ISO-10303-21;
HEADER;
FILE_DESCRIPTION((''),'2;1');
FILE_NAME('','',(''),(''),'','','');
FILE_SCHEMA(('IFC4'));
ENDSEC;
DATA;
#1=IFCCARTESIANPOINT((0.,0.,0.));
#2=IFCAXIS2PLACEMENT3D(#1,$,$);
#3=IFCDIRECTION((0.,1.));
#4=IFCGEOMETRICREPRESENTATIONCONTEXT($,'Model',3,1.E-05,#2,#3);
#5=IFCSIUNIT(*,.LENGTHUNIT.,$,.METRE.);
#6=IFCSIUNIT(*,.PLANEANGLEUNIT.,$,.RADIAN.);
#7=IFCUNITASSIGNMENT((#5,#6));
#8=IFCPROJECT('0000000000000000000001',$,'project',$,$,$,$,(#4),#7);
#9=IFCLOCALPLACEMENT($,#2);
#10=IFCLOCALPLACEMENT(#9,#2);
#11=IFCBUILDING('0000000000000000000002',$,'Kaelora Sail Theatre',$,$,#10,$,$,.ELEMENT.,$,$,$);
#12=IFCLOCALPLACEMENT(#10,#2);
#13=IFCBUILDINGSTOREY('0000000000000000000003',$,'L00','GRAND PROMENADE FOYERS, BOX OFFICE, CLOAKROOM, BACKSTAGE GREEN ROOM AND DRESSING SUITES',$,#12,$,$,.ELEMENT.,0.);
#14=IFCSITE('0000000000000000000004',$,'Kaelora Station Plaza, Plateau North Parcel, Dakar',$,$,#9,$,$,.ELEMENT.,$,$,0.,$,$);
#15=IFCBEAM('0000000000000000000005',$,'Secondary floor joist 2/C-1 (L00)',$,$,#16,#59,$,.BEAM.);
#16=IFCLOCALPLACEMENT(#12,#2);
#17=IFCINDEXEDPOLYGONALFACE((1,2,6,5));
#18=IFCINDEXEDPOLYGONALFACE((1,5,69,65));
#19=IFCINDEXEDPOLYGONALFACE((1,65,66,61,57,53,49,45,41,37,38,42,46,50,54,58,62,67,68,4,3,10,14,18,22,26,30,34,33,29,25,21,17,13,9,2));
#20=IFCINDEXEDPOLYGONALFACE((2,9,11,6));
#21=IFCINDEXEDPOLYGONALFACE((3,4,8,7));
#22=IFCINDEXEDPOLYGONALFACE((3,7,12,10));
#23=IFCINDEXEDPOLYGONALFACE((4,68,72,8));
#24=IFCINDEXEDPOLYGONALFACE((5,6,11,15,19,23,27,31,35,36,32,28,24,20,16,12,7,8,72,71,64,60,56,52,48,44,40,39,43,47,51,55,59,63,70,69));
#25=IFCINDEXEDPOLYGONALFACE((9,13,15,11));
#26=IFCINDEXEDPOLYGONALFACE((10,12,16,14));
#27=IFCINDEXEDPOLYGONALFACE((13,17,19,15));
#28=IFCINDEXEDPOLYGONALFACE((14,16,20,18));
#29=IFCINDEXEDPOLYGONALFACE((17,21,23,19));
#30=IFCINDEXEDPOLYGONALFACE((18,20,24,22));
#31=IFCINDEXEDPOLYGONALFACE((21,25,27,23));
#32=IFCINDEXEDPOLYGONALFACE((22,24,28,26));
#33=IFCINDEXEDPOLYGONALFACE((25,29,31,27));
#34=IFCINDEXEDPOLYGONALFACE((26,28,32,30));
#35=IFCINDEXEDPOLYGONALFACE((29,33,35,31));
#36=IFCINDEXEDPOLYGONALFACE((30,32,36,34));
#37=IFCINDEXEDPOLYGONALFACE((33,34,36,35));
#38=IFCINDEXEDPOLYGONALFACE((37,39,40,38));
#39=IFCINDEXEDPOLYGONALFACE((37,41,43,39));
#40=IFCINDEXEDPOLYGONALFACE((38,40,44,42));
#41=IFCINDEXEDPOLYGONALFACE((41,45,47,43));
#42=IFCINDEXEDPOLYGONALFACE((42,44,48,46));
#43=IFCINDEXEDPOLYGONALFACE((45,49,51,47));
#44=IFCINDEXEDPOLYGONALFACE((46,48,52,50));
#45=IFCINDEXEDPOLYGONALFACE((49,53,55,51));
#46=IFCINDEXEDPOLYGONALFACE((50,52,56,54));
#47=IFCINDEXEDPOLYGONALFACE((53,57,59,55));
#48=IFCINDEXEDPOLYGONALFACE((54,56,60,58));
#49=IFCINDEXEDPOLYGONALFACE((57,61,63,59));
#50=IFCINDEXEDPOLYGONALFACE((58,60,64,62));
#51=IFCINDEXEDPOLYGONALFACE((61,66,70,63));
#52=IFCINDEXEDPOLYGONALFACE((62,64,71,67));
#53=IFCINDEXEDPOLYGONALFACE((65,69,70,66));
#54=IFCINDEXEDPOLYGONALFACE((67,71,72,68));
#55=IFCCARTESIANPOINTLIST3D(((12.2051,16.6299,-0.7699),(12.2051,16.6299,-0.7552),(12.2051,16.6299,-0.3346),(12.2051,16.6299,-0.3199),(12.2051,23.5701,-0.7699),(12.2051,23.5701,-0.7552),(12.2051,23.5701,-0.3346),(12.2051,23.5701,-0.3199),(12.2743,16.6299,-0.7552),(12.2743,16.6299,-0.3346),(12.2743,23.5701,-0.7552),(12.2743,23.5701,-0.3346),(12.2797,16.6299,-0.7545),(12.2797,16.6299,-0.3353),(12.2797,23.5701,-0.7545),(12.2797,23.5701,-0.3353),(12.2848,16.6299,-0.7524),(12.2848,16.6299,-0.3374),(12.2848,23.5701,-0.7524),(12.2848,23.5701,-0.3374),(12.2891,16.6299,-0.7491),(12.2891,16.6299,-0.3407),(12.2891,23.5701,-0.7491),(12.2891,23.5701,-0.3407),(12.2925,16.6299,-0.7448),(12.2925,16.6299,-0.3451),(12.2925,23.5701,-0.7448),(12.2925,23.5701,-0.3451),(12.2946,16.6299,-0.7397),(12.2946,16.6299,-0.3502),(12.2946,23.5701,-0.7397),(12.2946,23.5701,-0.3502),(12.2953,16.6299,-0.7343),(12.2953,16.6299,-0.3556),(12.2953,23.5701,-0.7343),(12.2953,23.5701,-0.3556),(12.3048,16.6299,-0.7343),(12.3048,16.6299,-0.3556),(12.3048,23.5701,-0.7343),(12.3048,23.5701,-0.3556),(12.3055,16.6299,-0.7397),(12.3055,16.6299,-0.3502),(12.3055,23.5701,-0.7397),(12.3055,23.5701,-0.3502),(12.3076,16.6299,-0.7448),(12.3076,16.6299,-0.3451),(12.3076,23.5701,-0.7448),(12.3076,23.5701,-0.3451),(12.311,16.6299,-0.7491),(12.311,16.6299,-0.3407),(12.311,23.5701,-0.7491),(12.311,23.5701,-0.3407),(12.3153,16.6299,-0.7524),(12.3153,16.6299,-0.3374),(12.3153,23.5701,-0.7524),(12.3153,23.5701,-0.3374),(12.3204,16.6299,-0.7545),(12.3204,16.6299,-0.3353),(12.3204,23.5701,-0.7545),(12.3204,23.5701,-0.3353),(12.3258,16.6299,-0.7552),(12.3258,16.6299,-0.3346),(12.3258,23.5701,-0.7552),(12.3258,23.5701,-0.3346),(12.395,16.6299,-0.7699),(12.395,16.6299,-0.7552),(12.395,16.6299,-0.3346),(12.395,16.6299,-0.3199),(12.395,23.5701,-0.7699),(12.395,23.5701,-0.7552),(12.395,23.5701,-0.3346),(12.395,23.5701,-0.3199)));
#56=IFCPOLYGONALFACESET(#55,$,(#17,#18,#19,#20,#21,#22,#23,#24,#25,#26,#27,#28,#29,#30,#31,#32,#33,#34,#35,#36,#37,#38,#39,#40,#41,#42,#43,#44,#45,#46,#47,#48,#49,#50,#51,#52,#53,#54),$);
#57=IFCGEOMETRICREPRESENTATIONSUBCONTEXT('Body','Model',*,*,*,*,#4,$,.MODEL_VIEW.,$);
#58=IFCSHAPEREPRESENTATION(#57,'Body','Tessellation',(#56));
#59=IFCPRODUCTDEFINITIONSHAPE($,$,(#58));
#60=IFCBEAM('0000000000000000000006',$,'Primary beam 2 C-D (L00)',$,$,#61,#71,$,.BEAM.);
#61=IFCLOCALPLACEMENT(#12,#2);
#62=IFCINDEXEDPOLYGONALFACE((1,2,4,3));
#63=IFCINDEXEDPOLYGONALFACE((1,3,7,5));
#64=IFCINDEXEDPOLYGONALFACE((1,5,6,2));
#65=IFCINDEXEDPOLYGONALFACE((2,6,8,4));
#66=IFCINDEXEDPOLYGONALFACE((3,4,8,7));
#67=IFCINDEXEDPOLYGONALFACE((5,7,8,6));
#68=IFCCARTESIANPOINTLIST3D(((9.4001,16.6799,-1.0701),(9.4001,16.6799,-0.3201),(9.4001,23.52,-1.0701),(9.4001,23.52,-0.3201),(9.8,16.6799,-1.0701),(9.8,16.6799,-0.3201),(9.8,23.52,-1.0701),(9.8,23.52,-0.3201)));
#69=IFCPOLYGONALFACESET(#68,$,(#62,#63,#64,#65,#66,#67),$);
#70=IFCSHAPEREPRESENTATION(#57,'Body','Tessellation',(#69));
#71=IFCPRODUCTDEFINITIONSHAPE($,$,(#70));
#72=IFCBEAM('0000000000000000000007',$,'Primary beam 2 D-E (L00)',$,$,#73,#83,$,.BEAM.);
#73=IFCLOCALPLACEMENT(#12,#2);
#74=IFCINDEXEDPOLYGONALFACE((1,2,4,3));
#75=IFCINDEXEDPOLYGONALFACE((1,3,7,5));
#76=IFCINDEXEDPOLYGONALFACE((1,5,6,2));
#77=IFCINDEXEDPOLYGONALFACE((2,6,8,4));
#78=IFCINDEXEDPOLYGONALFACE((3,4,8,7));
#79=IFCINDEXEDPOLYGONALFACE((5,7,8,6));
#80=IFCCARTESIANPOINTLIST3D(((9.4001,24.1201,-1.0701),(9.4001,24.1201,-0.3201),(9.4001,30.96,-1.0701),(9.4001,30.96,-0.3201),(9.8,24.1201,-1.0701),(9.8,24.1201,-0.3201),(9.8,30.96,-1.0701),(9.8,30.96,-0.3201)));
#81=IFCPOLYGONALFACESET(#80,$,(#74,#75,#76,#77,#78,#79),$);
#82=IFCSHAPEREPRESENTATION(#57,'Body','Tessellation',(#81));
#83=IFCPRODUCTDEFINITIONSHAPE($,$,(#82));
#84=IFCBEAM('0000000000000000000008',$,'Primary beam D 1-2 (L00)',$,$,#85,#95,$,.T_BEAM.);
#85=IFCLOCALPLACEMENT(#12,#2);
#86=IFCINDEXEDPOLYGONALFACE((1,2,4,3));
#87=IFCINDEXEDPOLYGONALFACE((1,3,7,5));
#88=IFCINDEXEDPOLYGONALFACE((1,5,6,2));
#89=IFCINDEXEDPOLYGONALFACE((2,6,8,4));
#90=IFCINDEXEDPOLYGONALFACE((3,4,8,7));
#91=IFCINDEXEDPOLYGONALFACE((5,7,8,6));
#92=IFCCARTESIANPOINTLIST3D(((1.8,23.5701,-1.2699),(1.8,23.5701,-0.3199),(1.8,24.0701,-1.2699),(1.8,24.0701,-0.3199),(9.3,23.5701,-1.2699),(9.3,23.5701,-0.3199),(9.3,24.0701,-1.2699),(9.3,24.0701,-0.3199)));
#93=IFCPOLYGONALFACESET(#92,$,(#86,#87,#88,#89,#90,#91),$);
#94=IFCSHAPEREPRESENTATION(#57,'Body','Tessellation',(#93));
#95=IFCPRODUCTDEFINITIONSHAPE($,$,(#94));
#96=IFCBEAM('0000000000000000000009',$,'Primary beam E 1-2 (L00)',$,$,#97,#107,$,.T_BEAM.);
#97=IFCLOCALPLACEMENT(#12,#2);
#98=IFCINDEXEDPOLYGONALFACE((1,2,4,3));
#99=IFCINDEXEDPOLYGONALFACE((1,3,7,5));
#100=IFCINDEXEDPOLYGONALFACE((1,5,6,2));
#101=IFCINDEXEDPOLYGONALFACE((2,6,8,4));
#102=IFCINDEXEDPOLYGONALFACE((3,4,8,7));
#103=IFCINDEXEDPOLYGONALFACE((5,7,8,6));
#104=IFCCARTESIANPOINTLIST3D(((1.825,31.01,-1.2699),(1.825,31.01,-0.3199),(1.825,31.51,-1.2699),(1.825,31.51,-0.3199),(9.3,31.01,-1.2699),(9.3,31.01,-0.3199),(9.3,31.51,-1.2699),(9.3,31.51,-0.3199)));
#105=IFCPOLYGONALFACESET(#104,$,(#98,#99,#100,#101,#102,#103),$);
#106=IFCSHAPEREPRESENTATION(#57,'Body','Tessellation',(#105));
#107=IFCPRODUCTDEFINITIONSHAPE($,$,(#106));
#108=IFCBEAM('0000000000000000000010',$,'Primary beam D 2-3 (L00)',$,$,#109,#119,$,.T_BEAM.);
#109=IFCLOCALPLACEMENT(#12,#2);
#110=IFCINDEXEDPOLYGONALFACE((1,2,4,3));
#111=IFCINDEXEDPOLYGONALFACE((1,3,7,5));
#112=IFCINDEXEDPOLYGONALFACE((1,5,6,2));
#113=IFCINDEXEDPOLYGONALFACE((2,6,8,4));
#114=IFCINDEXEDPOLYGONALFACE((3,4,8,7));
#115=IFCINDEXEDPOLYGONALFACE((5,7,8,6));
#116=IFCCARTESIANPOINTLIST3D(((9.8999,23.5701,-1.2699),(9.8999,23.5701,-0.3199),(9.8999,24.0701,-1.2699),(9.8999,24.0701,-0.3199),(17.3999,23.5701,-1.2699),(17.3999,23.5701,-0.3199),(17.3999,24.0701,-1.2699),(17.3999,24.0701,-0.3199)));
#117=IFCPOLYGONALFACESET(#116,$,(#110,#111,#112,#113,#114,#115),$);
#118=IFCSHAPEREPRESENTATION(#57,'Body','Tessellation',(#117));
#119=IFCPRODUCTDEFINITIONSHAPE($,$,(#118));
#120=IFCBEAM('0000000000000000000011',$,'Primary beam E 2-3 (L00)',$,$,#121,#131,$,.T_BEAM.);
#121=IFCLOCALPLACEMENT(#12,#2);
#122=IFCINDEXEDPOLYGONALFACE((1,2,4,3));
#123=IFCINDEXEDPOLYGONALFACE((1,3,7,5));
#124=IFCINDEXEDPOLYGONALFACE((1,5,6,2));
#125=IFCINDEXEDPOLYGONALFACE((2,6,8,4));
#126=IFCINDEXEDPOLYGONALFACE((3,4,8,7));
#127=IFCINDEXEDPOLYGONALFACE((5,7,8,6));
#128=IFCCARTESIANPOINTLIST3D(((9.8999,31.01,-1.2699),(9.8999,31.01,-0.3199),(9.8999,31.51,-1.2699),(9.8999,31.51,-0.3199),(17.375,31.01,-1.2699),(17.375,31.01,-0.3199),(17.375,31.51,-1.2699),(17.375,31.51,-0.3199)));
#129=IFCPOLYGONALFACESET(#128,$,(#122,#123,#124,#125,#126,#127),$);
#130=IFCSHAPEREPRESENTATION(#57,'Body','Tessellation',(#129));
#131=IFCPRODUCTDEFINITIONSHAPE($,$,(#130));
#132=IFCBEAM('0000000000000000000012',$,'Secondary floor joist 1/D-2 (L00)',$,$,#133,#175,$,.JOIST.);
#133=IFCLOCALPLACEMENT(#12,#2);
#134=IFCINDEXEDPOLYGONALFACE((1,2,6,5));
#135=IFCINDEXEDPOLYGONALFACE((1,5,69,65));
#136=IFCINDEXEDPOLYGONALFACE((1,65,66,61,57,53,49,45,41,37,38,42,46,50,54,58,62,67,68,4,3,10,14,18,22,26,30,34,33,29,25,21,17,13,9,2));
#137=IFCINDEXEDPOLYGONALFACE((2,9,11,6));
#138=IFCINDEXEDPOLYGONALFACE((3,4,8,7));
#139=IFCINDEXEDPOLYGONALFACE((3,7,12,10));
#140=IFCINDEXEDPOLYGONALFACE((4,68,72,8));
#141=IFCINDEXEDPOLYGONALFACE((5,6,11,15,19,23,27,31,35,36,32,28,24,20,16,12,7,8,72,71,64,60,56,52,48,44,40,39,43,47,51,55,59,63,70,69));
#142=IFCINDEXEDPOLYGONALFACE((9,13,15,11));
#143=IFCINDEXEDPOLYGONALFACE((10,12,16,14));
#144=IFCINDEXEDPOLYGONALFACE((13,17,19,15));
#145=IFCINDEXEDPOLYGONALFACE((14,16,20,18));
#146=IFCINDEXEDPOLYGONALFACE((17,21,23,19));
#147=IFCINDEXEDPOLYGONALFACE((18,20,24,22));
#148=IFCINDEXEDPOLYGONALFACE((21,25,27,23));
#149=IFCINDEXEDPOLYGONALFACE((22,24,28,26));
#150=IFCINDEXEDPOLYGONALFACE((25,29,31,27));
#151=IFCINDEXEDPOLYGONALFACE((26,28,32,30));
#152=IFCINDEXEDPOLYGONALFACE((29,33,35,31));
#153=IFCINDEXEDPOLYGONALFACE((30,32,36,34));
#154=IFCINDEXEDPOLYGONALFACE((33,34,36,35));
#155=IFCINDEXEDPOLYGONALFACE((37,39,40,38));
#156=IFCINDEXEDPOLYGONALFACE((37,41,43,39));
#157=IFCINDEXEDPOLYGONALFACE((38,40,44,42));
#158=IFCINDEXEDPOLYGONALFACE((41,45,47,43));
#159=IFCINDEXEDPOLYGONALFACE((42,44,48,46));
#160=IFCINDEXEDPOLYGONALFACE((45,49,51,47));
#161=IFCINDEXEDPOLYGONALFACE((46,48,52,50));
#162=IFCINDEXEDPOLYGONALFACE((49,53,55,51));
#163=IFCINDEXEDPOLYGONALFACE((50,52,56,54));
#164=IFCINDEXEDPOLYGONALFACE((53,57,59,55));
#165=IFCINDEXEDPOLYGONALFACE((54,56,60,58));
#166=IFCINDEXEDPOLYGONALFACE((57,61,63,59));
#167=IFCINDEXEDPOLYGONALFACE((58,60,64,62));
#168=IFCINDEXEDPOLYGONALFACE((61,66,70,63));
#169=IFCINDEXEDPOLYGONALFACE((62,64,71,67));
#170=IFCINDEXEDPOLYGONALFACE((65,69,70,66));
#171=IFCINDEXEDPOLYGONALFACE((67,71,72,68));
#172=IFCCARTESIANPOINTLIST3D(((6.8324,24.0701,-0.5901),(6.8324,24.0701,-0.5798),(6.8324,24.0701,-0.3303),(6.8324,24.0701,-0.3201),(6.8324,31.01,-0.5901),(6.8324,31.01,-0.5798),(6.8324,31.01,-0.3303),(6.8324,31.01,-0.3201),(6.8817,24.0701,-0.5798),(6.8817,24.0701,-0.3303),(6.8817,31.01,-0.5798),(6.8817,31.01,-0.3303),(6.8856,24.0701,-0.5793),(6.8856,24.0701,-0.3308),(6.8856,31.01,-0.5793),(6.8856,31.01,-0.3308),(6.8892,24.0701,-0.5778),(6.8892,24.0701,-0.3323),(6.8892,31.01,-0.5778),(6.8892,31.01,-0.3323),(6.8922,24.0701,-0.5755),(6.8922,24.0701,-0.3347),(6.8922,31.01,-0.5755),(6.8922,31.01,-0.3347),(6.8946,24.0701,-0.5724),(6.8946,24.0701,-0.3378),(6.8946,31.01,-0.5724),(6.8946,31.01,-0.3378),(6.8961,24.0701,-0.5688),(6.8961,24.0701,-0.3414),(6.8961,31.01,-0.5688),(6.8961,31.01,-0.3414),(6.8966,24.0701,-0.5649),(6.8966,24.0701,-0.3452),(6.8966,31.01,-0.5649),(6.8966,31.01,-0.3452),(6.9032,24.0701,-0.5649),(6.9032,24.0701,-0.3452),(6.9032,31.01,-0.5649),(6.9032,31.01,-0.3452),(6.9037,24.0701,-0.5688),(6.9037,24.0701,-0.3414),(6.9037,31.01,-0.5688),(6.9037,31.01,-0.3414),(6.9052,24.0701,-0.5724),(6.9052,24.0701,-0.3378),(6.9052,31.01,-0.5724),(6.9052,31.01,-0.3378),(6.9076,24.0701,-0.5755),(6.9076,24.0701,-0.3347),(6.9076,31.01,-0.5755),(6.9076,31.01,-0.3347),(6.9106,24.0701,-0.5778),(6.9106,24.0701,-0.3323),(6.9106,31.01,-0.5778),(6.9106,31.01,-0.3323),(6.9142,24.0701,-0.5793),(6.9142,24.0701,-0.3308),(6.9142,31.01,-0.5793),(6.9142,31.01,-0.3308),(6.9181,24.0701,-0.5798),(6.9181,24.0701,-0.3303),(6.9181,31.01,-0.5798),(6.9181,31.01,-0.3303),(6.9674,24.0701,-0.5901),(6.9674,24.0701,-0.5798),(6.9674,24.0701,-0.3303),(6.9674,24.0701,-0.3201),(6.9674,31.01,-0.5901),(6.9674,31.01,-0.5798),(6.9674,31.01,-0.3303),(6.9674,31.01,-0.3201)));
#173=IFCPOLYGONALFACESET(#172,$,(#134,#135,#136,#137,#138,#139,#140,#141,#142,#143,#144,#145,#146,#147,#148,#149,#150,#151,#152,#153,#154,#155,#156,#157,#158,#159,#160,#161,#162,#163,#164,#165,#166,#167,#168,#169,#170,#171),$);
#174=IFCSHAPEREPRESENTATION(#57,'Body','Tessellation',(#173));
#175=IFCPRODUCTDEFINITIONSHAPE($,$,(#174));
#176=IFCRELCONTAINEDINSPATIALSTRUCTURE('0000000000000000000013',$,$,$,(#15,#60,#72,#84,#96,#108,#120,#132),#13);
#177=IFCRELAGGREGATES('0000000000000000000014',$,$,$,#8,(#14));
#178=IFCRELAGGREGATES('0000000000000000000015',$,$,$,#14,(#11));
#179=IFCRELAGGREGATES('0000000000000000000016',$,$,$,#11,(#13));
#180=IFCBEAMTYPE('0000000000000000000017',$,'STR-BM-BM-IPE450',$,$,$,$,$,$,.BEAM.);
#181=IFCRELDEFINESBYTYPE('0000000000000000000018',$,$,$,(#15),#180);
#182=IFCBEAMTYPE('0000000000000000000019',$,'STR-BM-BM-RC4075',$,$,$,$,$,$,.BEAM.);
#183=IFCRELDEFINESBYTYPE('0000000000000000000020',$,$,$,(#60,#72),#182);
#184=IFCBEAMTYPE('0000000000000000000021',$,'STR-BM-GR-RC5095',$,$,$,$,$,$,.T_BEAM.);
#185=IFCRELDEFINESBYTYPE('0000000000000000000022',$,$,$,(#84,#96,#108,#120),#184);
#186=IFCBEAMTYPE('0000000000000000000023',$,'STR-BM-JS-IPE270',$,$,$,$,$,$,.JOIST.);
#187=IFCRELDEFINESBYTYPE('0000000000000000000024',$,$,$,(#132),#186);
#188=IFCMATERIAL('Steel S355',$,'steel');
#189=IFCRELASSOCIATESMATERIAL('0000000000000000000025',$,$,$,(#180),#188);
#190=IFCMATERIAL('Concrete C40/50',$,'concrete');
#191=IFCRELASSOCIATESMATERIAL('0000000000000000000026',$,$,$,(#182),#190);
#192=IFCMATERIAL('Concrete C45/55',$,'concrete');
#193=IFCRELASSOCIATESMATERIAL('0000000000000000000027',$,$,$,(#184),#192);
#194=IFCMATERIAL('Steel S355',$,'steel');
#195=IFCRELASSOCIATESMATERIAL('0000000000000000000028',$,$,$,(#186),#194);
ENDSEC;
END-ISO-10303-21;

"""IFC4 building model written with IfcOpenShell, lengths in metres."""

from ifc_helpers import new_model, si_unit, direction, frame, origin, origin_2d, place, context, subcontext, project, spatial, rectangle, i_section, extrude, material, material_profile, profile_set, type_object, element, save


model = new_model("IFC4")

# Units and contexts
model_context = context("Model", 3, precision=1e-05, world=origin(), true_north=direction((0.0, 1.0)))
body_context = subcontext(model_context, "Body", "Model", "MODEL_VIEW")
ifc_project = project(units=[si_unit("LENGTHUNIT", "METRE"), si_unit("PLANEANGLEUNIT", "RADIAN")], contexts=[model_context])

# Site, building, storey
site_placement = place(None, origin())
site = spatial("IfcSite", under=ifc_project, at=site_placement, Name="Kaelora Station Plaza, Plateau North Parcel, Dakar", CompositionType="ELEMENT", RefElevation=0.0)
building_placement = place(site_placement, origin())
building = spatial("IfcBuilding", under=site, at=building_placement, Name="Kaelora Sail Theatre", CompositionType="ELEMENT")
storey_placement = place(building_placement, origin())
storey = spatial("IfcBuildingStorey", under=building, at=storey_placement, Name="L00", Description="GRAND PROMENADE FOYERS, BOX OFFICE, CLOAKROOM, BACKSTAGE GREEN ROOM AND DRESSING SUITES", CompositionType="ELEMENT", Elevation=0.0)

# Beams
ifc_material_1 = material(Name="Steel S355", Category="steel")
ifc_material_profile_1 = material_profile(ifc_material_1, i_section(OverallWidth=0.1899, OverallDepth=0.45, WebThickness=0.0095, FlangeThickness=0.0146, FilletRadius=0.021, at=origin_2d()), Name="IPE 450")
ifc_profile_set_1 = profile_set([ifc_material_profile_1], Name="Steel S355")
beam_type_1 = type_object("IfcBeamType", Name="STR-BM-BM-IPE450", PredefinedType="BEAM", material=ifc_profile_set_1)
beam_1_placement = place(storey_placement, frame((12.3, 16.6299, -0.5449), z_axis=(0.0, 1.0, 0.0), x_axis=(-1.0, 0.0, 0.0)))
element("IfcBeam", 1, at=beam_1_placement, inside=storey, type_object=beam_type_1, Name="Secondary floor joist 2/C-1 (L00)", PredefinedType="BEAM", context=body_context, shape_type="SweptSolid", body=[
    extrude(i_section(OverallWidth=0.1899, OverallDepth=0.45, WebThickness=0.0095, FlangeThickness=0.0146, FilletRadius=0.021, at=origin_2d()), origin(), (0.0, 0.0, 1.0), 6.9402),
])
ifc_material_2 = material(Name="Concrete C40/50", Category="concrete")
ifc_material_profile_2 = material_profile(ifc_material_2, rectangle(XDim=0.3999, YDim=0.75, at=origin_2d()), Name="RC-BM 400x750")
ifc_profile_set_2 = profile_set([ifc_material_profile_2], Name="Concrete C40/50")
beam_type_2 = type_object("IfcBeamType", Name="STR-BM-BM-RC4075", PredefinedType="BEAM", material=ifc_profile_set_2)
beam_2_placement = place(storey_placement, frame((9.6001, 16.6799, -0.6951), z_axis=(0.0, 1.0, 0.0), x_axis=(-1.0, 0.0, 0.0)))
element("IfcBeam", 2, at=beam_2_placement, inside=storey, type_object=beam_type_2, Name="Primary beam 2 C-D (L00)", PredefinedType="BEAM", context=body_context, shape_type="SweptSolid", body=[
    extrude(rectangle(XDim=0.3999, YDim=0.75, at=origin_2d()), origin(), (0.0, 0.0, 1.0), 6.8401),
])
beam_3_placement = place(storey_placement, frame((9.6001, 24.1201, -0.6951), z_axis=(0.0, 1.0, 0.0), x_axis=(-1.0, 0.0, 0.0)))
element("IfcBeam", 3, at=beam_3_placement, inside=storey, type_object=beam_type_2, Name="Primary beam 2 D-E (L00)", PredefinedType="BEAM", context=body_context, shape_type="SweptSolid", body=[
    extrude(rectangle(XDim=0.3999, YDim=0.75, at=origin_2d()), origin(), (0.0, 0.0, 1.0), 6.8398),
])
ifc_material_3 = material(Name="Concrete C45/55", Category="concrete")
ifc_material_profile_3 = material_profile(ifc_material_3, rectangle(XDim=0.5, YDim=0.95, at=origin_2d()), Name="RC-GRD 500x950")
ifc_profile_set_3 = profile_set([ifc_material_profile_3], Name="Concrete C45/55")
beam_type_3 = type_object("IfcBeamType", Name="STR-BM-GR-RC5095", PredefinedType="T_BEAM", material=ifc_profile_set_3)
beam_4_placement = place(storey_placement, frame((1.8, 23.8201, -0.7949), z_axis=(1.0, 0.0, 0.0), x_axis=(0.0, 1.0, 0.0)))
element("IfcBeam", 4, at=beam_4_placement, inside=storey, type_object=beam_type_3, Name="Primary beam D 1-2 (L00)", PredefinedType="T_BEAM", context=body_context, shape_type="SweptSolid", body=[
    extrude(rectangle(XDim=0.5, YDim=0.95, at=origin_2d()), origin(), (0.0, 0.0, 1.0), 7.5),
])
beam_5_placement = place(storey_placement, frame((1.825, 31.26, -0.7949), z_axis=(1.0, 0.0, 0.0), x_axis=(0.0, 1.0, 0.0)))
element("IfcBeam", 5, at=beam_5_placement, inside=storey, type_object=beam_type_3, Name="Primary beam E 1-2 (L00)", PredefinedType="T_BEAM", context=body_context, shape_type="SweptSolid", body=[
    extrude(rectangle(XDim=0.5, YDim=0.95, at=origin_2d()), origin(), (0.0, 0.0, 1.0), 7.4751),
])
beam_6_placement = place(storey_placement, frame((9.8999, 23.8201, -0.7949), z_axis=(1.0, 0.0, 0.0), x_axis=(0.0, 1.0, 0.0)))
element("IfcBeam", 6, at=beam_6_placement, inside=storey, type_object=beam_type_3, Name="Primary beam D 2-3 (L00)", PredefinedType="T_BEAM", context=body_context, shape_type="SweptSolid", body=[
    extrude(rectangle(XDim=0.5, YDim=0.95, at=origin_2d()), origin(), (0.0, 0.0, 1.0), 7.5),
])
beam_7_placement = place(storey_placement, frame((9.8999, 31.26, -0.7949), z_axis=(1.0, 0.0, 0.0), x_axis=(0.0, 1.0, 0.0)))
element("IfcBeam", 7, at=beam_7_placement, inside=storey, type_object=beam_type_3, Name="Primary beam E 2-3 (L00)", PredefinedType="T_BEAM", context=body_context, shape_type="SweptSolid", body=[
    extrude(rectangle(XDim=0.5, YDim=0.95, at=origin_2d()), origin(), (0.0, 0.0, 1.0), 7.4751),
])
ifc_material_4 = material(Name="Steel S355", Category="steel")
ifc_material_profile_4 = material_profile(ifc_material_4, i_section(OverallWidth=0.135, OverallDepth=0.27, WebThickness=0.0066, FlangeThickness=0.0103, FilletRadius=0.0149, at=origin_2d()), Name="IPE 270")
ifc_profile_set_4 = profile_set([ifc_material_profile_4], Name="Steel S355")
beam_type_4 = type_object("IfcBeamType", Name="STR-BM-JS-IPE270", PredefinedType="JOIST", material=ifc_profile_set_4)
beam_8_placement = place(storey_placement, frame((6.8999, 24.0701, -0.4551), z_axis=(0.0, 1.0, 0.0), x_axis=(-1.0, 0.0, 0.0)))
element("IfcBeam", 8, at=beam_8_placement, inside=storey, type_object=beam_type_4, Name="Secondary floor joist 1/D-2 (L00)", PredefinedType="JOIST", context=body_context, shape_type="SweptSolid", body=[
    extrude(i_section(OverallWidth=0.135, OverallDepth=0.27, WebThickness=0.0066, FlangeThickness=0.0103, FilletRadius=0.0149, at=origin_2d()), origin(), (0.0, 0.0, 1.0), 6.9399),
])

save(model, "model.ifc")
